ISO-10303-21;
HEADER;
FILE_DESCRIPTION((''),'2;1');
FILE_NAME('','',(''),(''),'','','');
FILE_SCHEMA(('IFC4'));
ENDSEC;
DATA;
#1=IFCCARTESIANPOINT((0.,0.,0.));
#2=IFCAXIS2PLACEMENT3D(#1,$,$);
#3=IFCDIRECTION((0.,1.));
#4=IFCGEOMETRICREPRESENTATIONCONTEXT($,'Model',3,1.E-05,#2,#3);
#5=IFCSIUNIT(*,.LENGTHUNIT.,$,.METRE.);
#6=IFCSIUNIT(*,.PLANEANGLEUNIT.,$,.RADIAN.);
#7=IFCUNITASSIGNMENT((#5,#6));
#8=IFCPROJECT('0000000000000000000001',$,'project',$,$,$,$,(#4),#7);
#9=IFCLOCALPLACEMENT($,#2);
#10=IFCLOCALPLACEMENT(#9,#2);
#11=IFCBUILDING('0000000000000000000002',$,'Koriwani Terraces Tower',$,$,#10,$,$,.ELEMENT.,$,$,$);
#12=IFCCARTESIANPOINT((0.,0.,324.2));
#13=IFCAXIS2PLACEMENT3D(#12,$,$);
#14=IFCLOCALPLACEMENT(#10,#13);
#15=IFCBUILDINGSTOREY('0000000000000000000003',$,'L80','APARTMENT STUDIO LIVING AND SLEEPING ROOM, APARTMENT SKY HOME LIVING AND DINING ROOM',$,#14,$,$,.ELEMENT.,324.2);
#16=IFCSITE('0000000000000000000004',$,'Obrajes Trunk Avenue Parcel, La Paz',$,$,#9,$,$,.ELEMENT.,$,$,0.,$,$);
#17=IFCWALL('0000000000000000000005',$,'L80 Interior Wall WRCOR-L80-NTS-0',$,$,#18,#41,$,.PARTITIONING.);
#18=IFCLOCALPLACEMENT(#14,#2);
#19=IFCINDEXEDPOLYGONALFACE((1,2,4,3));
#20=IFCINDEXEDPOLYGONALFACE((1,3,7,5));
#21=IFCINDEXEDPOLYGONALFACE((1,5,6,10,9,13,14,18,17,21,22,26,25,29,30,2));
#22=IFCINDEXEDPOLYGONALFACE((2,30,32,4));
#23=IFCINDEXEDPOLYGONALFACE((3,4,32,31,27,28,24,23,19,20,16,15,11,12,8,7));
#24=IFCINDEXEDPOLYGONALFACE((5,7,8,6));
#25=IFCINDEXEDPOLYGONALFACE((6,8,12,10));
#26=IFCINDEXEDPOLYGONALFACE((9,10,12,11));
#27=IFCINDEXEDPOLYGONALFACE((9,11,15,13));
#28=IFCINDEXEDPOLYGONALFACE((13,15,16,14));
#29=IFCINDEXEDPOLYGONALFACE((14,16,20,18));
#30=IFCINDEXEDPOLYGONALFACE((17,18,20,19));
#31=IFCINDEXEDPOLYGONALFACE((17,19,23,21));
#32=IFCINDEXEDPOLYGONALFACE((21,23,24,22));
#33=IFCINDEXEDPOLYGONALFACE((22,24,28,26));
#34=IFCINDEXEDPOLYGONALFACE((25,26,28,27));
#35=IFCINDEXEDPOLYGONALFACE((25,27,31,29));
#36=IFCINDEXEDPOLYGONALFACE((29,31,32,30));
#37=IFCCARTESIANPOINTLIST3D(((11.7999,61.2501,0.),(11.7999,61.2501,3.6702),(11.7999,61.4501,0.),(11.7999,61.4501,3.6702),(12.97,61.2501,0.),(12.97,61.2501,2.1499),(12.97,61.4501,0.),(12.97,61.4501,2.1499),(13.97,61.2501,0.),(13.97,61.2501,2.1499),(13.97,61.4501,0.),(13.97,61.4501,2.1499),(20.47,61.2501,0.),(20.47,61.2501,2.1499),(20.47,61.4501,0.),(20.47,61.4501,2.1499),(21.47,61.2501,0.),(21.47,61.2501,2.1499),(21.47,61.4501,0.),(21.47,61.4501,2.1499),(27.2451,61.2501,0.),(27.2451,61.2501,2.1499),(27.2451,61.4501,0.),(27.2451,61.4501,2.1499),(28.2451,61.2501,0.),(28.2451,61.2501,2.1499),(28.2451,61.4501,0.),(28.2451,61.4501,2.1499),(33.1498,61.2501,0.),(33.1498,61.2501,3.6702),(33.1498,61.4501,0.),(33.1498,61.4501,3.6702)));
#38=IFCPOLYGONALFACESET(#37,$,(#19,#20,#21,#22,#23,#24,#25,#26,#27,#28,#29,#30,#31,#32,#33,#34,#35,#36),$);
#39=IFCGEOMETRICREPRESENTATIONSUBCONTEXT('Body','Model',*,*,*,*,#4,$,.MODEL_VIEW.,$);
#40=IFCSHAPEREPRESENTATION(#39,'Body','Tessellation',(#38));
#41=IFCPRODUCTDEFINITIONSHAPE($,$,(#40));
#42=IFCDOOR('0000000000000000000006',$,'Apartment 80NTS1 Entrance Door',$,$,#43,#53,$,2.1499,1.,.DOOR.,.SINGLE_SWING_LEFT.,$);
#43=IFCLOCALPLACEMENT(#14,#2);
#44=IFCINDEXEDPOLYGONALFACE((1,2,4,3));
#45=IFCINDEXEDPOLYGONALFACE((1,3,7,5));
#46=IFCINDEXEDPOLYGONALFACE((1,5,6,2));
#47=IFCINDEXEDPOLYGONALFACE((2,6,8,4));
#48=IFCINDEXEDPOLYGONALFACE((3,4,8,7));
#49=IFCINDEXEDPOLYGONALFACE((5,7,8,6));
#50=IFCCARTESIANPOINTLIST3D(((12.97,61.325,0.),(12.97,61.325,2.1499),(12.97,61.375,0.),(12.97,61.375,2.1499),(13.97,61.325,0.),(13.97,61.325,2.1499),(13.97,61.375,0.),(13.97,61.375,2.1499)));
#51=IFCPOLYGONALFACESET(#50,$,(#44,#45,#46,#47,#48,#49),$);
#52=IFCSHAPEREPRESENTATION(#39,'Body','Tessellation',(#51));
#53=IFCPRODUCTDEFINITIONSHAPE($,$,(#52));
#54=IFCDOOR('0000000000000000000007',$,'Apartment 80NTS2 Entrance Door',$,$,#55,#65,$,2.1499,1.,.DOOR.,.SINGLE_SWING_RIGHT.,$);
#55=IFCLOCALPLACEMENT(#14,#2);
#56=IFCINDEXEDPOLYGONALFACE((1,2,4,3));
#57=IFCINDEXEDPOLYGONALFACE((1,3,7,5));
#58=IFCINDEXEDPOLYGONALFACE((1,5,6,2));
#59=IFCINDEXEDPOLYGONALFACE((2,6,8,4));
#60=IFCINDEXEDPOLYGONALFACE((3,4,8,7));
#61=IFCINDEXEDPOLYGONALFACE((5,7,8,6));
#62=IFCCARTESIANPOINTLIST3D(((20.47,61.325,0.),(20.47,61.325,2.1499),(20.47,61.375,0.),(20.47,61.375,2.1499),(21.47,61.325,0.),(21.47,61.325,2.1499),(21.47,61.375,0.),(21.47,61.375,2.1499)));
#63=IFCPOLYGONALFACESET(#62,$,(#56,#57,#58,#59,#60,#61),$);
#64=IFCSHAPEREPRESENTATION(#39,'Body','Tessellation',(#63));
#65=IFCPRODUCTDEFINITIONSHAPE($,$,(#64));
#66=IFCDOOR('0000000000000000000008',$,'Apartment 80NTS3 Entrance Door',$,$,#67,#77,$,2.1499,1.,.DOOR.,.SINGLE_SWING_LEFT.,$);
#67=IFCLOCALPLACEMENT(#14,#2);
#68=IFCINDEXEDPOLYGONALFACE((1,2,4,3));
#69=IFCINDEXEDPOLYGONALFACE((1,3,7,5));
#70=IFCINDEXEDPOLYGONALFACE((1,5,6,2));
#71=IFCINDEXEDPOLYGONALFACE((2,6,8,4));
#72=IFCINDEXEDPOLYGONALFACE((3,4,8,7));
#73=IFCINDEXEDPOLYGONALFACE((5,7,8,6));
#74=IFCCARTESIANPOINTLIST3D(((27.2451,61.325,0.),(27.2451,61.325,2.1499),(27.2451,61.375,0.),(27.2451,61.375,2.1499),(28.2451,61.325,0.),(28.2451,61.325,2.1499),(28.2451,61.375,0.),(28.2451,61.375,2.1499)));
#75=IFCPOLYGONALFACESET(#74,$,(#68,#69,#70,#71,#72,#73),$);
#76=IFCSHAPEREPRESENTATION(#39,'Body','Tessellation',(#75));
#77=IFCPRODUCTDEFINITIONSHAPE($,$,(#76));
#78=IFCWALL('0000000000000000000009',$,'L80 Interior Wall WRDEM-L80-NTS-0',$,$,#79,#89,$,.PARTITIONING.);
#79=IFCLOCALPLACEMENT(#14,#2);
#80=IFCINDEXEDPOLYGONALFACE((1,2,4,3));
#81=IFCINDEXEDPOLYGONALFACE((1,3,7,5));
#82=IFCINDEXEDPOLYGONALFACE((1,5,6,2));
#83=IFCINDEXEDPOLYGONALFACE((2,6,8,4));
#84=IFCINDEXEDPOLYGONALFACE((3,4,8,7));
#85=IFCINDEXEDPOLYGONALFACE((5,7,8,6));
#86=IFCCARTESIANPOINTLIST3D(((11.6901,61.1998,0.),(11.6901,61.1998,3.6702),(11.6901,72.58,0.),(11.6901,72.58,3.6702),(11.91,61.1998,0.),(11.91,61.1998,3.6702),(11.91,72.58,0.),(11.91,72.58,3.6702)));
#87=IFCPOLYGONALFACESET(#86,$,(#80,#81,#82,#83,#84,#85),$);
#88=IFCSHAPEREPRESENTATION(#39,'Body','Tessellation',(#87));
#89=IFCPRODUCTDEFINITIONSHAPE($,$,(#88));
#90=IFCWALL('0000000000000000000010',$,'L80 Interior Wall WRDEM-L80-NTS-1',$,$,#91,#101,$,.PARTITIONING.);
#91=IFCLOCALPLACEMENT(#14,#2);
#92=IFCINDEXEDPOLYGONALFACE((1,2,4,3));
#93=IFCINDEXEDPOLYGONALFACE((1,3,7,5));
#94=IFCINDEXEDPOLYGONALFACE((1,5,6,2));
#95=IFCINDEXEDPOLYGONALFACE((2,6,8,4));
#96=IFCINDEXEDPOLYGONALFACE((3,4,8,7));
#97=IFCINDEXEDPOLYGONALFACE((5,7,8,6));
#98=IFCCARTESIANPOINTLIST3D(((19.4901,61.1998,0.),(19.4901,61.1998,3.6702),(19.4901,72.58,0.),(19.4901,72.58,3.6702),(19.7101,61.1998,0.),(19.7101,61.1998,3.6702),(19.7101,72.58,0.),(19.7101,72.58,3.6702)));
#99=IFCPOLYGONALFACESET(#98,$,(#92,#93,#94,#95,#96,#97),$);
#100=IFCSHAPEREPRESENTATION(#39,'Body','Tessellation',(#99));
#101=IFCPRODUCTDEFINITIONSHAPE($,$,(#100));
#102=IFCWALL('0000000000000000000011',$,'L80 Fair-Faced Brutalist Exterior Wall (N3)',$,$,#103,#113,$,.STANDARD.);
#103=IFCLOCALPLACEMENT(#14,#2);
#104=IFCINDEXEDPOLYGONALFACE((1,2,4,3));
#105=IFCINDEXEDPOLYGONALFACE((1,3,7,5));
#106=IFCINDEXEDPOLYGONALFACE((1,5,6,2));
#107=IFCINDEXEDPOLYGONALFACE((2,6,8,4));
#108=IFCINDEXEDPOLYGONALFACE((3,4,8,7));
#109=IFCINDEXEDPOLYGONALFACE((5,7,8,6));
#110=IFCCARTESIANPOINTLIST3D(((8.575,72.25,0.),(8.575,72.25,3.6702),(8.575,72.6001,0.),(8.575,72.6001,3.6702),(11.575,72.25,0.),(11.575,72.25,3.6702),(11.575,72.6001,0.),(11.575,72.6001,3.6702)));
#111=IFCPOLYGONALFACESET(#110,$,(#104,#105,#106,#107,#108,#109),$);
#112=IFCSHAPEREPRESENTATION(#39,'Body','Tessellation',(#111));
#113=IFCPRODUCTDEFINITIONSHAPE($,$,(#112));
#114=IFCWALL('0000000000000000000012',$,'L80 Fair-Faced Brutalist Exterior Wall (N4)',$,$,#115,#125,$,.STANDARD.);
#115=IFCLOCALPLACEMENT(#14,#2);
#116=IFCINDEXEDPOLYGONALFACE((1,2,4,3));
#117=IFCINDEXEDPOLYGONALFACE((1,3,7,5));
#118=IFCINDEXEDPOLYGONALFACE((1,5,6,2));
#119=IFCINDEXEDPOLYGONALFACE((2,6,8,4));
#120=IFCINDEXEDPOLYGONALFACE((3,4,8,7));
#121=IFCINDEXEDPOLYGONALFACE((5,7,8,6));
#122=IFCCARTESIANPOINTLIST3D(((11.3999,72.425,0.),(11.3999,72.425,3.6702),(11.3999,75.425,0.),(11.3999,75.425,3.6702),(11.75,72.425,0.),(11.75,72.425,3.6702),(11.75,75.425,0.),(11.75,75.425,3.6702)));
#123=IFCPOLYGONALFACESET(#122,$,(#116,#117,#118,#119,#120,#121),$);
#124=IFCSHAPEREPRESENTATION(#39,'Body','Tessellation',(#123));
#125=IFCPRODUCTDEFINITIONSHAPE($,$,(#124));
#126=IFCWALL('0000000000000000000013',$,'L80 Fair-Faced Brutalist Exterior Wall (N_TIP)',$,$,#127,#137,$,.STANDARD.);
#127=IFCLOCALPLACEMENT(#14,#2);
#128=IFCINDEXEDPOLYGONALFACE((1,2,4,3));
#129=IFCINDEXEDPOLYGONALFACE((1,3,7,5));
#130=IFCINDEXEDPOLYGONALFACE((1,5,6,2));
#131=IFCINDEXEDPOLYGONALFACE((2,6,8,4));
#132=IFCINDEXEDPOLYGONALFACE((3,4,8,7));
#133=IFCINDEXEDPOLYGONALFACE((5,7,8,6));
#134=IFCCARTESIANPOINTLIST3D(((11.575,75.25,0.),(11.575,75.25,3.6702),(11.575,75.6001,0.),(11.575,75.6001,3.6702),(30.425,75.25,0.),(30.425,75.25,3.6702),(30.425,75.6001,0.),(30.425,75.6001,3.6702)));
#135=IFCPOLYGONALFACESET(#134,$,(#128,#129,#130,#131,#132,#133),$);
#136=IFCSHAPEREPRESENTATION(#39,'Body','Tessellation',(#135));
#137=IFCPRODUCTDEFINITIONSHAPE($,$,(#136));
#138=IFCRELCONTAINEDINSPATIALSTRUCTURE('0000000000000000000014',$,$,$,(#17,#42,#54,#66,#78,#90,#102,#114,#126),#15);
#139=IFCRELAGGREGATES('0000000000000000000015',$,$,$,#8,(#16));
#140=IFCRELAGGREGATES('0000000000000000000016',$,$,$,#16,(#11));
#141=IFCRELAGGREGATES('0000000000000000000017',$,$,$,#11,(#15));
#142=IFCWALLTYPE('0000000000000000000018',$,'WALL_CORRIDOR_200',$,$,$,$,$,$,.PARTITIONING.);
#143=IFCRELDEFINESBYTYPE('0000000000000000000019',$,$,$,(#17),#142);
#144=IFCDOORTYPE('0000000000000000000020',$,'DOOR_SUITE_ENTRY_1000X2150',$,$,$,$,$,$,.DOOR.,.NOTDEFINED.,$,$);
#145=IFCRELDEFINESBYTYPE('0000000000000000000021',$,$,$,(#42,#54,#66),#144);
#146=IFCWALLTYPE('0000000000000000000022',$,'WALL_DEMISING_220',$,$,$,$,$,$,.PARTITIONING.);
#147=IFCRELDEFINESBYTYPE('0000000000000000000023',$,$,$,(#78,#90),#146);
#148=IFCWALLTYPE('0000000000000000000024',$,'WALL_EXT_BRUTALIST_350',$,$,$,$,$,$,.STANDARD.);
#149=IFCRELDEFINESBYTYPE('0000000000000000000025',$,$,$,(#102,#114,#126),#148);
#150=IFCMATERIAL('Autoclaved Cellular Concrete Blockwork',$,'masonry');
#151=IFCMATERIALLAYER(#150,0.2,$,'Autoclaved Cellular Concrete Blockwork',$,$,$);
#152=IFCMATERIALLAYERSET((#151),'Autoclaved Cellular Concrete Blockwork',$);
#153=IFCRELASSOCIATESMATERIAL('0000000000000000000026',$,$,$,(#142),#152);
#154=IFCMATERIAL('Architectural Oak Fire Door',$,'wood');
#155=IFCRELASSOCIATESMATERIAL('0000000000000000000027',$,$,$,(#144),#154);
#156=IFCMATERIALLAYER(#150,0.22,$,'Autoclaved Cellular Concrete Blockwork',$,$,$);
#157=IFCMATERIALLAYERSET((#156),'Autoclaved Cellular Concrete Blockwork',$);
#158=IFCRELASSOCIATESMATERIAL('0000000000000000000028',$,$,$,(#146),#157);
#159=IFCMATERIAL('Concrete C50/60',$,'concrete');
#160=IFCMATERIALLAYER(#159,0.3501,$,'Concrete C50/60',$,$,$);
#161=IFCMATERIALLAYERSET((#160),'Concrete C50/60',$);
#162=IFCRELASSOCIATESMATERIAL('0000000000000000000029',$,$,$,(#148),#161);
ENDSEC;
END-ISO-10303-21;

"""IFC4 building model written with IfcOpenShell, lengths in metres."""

from ifc_helpers import new_model, si_unit, direction, frame, frame_2d, origin, place, context, subcontext, project, spatial, rectangle, extrude, material, layer, layer_set, type_object, element, fill, save


model = new_model("IFC4")

# Units and contexts
model_context = context("Model", 3, precision=1e-05, world=origin(), true_north=direction((0.0, 1.0)))
body_context = subcontext(model_context, "Body", "Model", "MODEL_VIEW")
ifc_project = project(units=[si_unit("LENGTHUNIT", "METRE"), si_unit("PLANEANGLEUNIT", "RADIAN")], contexts=[model_context])

# Site, building, storey
site_placement = place(None, origin())
site = spatial("IfcSite", under=ifc_project, at=site_placement, Name="Obrajes Trunk Avenue Parcel, La Paz", CompositionType="ELEMENT", RefElevation=0.0)
building_placement = place(site_placement, origin())
building = spatial("IfcBuilding", under=site, at=building_placement, Name="Koriwani Terraces Tower", CompositionType="ELEMENT")
storey_placement = place(building_placement, frame((0.0, 0.0, 324.2)))
storey = spatial("IfcBuildingStorey", under=building, at=storey_placement, Name="L80", Description="APARTMENT STUDIO LIVING AND SLEEPING ROOM, APARTMENT SKY HOME LIVING AND DINING ROOM", CompositionType="ELEMENT", Elevation=324.2)

# Shared definitions
ifc_material_1 = material(Name="Concrete C50/60", Category="concrete")

# Shared definitions
ifc_material_2 = material(Name="Autoclaved Cellular Concrete Blockwork", Category="masonry")
ifc_layer_1 = layer(ifc_material_2, 0.2, Name="Autoclaved Cellular Concrete Blockwork")
ifc_layer_set_1 = layer_set([ifc_layer_1], Name="Autoclaved Cellular Concrete Blockwork")
wall_type_1 = type_object("IfcWallType", Name="WALL_CORRIDOR_200", PredefinedType="PARTITIONING", material=ifc_layer_set_1)
ifc_material_3 = material(Name="Architectural Oak Fire Door", Category="wood")
door_type_1 = type_object("IfcDoorType", Name="DOOR_SUITE_ENTRY_1000X2150", OperationType="NOTDEFINED", PredefinedType="DOOR", material=ifc_material_3)

# Wall, openings, doors
wall_1_placement = place(storey_placement, frame((11.8, 61.3501, 0.0), z_axis=(0.0, 0.0, 1.0), x_axis=(1.0, 0.0, 0.0)))
wall_1 = element("IfcWall", 1, at=wall_1_placement, inside=storey, type_object=wall_type_1, Name="L80 Interior Wall WRCOR-L80-NTS-0", PredefinedType="PARTITIONING", context=body_context, shape_type="SweptSolid", body=[
    extrude(rectangle(XDim=21.3499, YDim=0.2, at=frame_2d((10.6748, 0.0))), origin(), (0.0, 0.0, 1.0), 3.6702),
])
opening_1_placement = place(wall_1_placement, frame((1.1699, 0.0, 0.0)))
opening_1 = element("IfcOpeningElement", 2, at=opening_1_placement, cuts=wall_1, PredefinedType="OPENING", context=body_context, shape_type="SweptSolid", body=[
    extrude(rectangle(XDim=1.0, YDim=2.1499, at=frame_2d((0.5, 1.075))), frame((0.0, 0.1099, 0.0), z_axis=(0.0, -1.0, 0.0), x_axis=(1.0, 0.0, 0.0)), (0.0, 0.0, 1.0), 0.22),
])
opening_2_placement = place(wall_1_placement, frame((8.6699, 0.0, 0.0)))
opening_2 = element("IfcOpeningElement", 3, at=opening_2_placement, cuts=wall_1, PredefinedType="OPENING", context=body_context, shape_type="SweptSolid", body=[
    extrude(rectangle(XDim=1.0, YDim=2.1499, at=frame_2d((0.5, 1.075))), frame((0.0, 0.1099, 0.0), z_axis=(0.0, -1.0, 0.0), x_axis=(1.0, 0.0, 0.0)), (0.0, 0.0, 1.0), 0.22),
])
opening_3_placement = place(wall_1_placement, frame((15.4451, 0.0, 0.0)))
opening_3 = element("IfcOpeningElement", 4, at=opening_3_placement, cuts=wall_1, PredefinedType="OPENING", context=body_context, shape_type="SweptSolid", body=[
    extrude(rectangle(XDim=1.0, YDim=2.1499, at=frame_2d((0.5, 1.075))), frame((0.0, 0.1099, 0.0), z_axis=(0.0, -1.0, 0.0), x_axis=(1.0, 0.0, 0.0)), (0.0, 0.0, 1.0), 0.22),
])
door_1_placement = place(opening_1_placement, origin())
door_1 = element("IfcDoor", 5, at=door_1_placement, inside=storey, type_object=door_type_1, Name="Apartment 80NTS1 Entrance Door", OperationType="SINGLE_SWING_LEFT", OverallHeight=2.1499, OverallWidth=1.0, PredefinedType="DOOR", context=body_context, shape_type="SweptSolid", body=[
    extrude(rectangle(XDim=1.0, YDim=2.1499, at=frame_2d((0.5, 1.075))), frame((0.0, 0.0249, 0.0), z_axis=(0.0, -1.0, 0.0), x_axis=(1.0, 0.0, 0.0)), (0.0, 0.0, 1.0), 0.05),
])
fill(opening_1, door_1)
door_2_placement = place(opening_2_placement, origin())
door_2 = element("IfcDoor", 6, at=door_2_placement, inside=storey, type_object=door_type_1, Name="Apartment 80NTS2 Entrance Door", OperationType="SINGLE_SWING_RIGHT", OverallHeight=2.1499, OverallWidth=1.0, PredefinedType="DOOR", context=body_context, shape_type="SweptSolid", body=[
    extrude(rectangle(XDim=1.0, YDim=2.1499, at=frame_2d((0.5, 1.075))), frame((0.0, 0.0249, 0.0), z_axis=(0.0, -1.0, 0.0), x_axis=(1.0, 0.0, 0.0)), (0.0, 0.0, 1.0), 0.05),
])
fill(opening_2, door_2)
door_3_placement = place(opening_3_placement, origin())
door_3 = element("IfcDoor", 7, at=door_3_placement, inside=storey, type_object=door_type_1, Name="Apartment 80NTS3 Entrance Door", OperationType="SINGLE_SWING_LEFT", OverallHeight=2.1499, OverallWidth=1.0, PredefinedType="DOOR", context=body_context, shape_type="SweptSolid", body=[
    extrude(rectangle(XDim=1.0, YDim=2.1499, at=frame_2d((0.5, 1.075))), frame((0.0, 0.0249, 0.0), z_axis=(0.0, -1.0, 0.0), x_axis=(1.0, 0.0, 0.0)), (0.0, 0.0, 1.0), 0.05),
])
fill(opening_3, door_3)

# Walls
ifc_layer_2 = layer(ifc_material_2, 0.22, Name="Autoclaved Cellular Concrete Blockwork")
ifc_layer_set_2 = layer_set([ifc_layer_2], Name="Autoclaved Cellular Concrete Blockwork")
wall_type_2 = type_object("IfcWallType", Name="WALL_DEMISING_220", PredefinedType="PARTITIONING", material=ifc_layer_set_2)
for number, where, z_axis, x_axis, name in (
    (8, (11.8, 61.2, 0.0), (0.0, 0.0, 1.0), (0.0, 1.0, 0.0), "L80 Interior Wall WRDEM-L80-NTS-0"),
    (9, (19.6001, 61.2, 0.0), (0.0, 0.0, 1.0), (0.0, 1.0, 0.0), "L80 Interior Wall WRDEM-L80-NTS-1"),
):
    element("IfcWall", number, at=place(storey_placement, frame(where, z_axis=z_axis, x_axis=x_axis)), inside=storey, type_object=wall_type_2, Name=name, PredefinedType="PARTITIONING", context=body_context, shape_type="SweptSolid", body=[
        extrude(rectangle(XDim=11.3801, YDim=0.22, at=frame_2d((5.6899, 0.0))), origin(), (0.0, 0.0, 1.0), 3.6702),
    ])
ifc_layer_3 = layer(ifc_material_1, 0.3501, Name="Concrete C50/60")
ifc_layer_set_3 = layer_set([ifc_layer_3], Name="Concrete C50/60")
wall_type_3 = type_object("IfcWallType", Name="WALL_EXT_BRUTALIST_350", PredefinedType="STANDARD", material=ifc_layer_set_3)
for number, where, z_axis, x_axis, name in (
    (10, (8.575, 72.425, 0.0), (0.0, 0.0, 1.0), (1.0, 0.0, 0.0), "L80 Fair-Faced Brutalist Exterior Wall (N3)"),
    (11, (11.575, 72.425, 0.0), (0.0, 0.0, 1.0), (0.0, 1.0, 0.0), "L80 Fair-Faced Brutalist Exterior Wall (N4)"),
):
    element("IfcWall", number, at=place(storey_placement, frame(where, z_axis=z_axis, x_axis=x_axis)), inside=storey, type_object=wall_type_3, Name=name, PredefinedType="STANDARD", context=body_context, shape_type="SweptSolid", body=[
        extrude(rectangle(XDim=3.0, YDim=0.3501, at=frame_2d((1.5, 0.0))), origin(), (0.0, 0.0, 1.0), 3.6702),
    ])
wall_2_placement = place(storey_placement, frame((11.575, 75.425, 0.0), z_axis=(0.0, 0.0, 1.0), x_axis=(1.0, 0.0, 0.0)))
element("IfcWall", 12, at=wall_2_placement, inside=storey, type_object=wall_type_3, Name="L80 Fair-Faced Brutalist Exterior Wall (N_TIP)", PredefinedType="STANDARD", context=body_context, shape_type="SweptSolid", body=[
    extrude(rectangle(XDim=18.8501, YDim=0.3501, at=frame_2d((9.425, 0.0))), origin(), (0.0, 0.0, 1.0), 3.6702),
])

save(model, "model.ifc")
